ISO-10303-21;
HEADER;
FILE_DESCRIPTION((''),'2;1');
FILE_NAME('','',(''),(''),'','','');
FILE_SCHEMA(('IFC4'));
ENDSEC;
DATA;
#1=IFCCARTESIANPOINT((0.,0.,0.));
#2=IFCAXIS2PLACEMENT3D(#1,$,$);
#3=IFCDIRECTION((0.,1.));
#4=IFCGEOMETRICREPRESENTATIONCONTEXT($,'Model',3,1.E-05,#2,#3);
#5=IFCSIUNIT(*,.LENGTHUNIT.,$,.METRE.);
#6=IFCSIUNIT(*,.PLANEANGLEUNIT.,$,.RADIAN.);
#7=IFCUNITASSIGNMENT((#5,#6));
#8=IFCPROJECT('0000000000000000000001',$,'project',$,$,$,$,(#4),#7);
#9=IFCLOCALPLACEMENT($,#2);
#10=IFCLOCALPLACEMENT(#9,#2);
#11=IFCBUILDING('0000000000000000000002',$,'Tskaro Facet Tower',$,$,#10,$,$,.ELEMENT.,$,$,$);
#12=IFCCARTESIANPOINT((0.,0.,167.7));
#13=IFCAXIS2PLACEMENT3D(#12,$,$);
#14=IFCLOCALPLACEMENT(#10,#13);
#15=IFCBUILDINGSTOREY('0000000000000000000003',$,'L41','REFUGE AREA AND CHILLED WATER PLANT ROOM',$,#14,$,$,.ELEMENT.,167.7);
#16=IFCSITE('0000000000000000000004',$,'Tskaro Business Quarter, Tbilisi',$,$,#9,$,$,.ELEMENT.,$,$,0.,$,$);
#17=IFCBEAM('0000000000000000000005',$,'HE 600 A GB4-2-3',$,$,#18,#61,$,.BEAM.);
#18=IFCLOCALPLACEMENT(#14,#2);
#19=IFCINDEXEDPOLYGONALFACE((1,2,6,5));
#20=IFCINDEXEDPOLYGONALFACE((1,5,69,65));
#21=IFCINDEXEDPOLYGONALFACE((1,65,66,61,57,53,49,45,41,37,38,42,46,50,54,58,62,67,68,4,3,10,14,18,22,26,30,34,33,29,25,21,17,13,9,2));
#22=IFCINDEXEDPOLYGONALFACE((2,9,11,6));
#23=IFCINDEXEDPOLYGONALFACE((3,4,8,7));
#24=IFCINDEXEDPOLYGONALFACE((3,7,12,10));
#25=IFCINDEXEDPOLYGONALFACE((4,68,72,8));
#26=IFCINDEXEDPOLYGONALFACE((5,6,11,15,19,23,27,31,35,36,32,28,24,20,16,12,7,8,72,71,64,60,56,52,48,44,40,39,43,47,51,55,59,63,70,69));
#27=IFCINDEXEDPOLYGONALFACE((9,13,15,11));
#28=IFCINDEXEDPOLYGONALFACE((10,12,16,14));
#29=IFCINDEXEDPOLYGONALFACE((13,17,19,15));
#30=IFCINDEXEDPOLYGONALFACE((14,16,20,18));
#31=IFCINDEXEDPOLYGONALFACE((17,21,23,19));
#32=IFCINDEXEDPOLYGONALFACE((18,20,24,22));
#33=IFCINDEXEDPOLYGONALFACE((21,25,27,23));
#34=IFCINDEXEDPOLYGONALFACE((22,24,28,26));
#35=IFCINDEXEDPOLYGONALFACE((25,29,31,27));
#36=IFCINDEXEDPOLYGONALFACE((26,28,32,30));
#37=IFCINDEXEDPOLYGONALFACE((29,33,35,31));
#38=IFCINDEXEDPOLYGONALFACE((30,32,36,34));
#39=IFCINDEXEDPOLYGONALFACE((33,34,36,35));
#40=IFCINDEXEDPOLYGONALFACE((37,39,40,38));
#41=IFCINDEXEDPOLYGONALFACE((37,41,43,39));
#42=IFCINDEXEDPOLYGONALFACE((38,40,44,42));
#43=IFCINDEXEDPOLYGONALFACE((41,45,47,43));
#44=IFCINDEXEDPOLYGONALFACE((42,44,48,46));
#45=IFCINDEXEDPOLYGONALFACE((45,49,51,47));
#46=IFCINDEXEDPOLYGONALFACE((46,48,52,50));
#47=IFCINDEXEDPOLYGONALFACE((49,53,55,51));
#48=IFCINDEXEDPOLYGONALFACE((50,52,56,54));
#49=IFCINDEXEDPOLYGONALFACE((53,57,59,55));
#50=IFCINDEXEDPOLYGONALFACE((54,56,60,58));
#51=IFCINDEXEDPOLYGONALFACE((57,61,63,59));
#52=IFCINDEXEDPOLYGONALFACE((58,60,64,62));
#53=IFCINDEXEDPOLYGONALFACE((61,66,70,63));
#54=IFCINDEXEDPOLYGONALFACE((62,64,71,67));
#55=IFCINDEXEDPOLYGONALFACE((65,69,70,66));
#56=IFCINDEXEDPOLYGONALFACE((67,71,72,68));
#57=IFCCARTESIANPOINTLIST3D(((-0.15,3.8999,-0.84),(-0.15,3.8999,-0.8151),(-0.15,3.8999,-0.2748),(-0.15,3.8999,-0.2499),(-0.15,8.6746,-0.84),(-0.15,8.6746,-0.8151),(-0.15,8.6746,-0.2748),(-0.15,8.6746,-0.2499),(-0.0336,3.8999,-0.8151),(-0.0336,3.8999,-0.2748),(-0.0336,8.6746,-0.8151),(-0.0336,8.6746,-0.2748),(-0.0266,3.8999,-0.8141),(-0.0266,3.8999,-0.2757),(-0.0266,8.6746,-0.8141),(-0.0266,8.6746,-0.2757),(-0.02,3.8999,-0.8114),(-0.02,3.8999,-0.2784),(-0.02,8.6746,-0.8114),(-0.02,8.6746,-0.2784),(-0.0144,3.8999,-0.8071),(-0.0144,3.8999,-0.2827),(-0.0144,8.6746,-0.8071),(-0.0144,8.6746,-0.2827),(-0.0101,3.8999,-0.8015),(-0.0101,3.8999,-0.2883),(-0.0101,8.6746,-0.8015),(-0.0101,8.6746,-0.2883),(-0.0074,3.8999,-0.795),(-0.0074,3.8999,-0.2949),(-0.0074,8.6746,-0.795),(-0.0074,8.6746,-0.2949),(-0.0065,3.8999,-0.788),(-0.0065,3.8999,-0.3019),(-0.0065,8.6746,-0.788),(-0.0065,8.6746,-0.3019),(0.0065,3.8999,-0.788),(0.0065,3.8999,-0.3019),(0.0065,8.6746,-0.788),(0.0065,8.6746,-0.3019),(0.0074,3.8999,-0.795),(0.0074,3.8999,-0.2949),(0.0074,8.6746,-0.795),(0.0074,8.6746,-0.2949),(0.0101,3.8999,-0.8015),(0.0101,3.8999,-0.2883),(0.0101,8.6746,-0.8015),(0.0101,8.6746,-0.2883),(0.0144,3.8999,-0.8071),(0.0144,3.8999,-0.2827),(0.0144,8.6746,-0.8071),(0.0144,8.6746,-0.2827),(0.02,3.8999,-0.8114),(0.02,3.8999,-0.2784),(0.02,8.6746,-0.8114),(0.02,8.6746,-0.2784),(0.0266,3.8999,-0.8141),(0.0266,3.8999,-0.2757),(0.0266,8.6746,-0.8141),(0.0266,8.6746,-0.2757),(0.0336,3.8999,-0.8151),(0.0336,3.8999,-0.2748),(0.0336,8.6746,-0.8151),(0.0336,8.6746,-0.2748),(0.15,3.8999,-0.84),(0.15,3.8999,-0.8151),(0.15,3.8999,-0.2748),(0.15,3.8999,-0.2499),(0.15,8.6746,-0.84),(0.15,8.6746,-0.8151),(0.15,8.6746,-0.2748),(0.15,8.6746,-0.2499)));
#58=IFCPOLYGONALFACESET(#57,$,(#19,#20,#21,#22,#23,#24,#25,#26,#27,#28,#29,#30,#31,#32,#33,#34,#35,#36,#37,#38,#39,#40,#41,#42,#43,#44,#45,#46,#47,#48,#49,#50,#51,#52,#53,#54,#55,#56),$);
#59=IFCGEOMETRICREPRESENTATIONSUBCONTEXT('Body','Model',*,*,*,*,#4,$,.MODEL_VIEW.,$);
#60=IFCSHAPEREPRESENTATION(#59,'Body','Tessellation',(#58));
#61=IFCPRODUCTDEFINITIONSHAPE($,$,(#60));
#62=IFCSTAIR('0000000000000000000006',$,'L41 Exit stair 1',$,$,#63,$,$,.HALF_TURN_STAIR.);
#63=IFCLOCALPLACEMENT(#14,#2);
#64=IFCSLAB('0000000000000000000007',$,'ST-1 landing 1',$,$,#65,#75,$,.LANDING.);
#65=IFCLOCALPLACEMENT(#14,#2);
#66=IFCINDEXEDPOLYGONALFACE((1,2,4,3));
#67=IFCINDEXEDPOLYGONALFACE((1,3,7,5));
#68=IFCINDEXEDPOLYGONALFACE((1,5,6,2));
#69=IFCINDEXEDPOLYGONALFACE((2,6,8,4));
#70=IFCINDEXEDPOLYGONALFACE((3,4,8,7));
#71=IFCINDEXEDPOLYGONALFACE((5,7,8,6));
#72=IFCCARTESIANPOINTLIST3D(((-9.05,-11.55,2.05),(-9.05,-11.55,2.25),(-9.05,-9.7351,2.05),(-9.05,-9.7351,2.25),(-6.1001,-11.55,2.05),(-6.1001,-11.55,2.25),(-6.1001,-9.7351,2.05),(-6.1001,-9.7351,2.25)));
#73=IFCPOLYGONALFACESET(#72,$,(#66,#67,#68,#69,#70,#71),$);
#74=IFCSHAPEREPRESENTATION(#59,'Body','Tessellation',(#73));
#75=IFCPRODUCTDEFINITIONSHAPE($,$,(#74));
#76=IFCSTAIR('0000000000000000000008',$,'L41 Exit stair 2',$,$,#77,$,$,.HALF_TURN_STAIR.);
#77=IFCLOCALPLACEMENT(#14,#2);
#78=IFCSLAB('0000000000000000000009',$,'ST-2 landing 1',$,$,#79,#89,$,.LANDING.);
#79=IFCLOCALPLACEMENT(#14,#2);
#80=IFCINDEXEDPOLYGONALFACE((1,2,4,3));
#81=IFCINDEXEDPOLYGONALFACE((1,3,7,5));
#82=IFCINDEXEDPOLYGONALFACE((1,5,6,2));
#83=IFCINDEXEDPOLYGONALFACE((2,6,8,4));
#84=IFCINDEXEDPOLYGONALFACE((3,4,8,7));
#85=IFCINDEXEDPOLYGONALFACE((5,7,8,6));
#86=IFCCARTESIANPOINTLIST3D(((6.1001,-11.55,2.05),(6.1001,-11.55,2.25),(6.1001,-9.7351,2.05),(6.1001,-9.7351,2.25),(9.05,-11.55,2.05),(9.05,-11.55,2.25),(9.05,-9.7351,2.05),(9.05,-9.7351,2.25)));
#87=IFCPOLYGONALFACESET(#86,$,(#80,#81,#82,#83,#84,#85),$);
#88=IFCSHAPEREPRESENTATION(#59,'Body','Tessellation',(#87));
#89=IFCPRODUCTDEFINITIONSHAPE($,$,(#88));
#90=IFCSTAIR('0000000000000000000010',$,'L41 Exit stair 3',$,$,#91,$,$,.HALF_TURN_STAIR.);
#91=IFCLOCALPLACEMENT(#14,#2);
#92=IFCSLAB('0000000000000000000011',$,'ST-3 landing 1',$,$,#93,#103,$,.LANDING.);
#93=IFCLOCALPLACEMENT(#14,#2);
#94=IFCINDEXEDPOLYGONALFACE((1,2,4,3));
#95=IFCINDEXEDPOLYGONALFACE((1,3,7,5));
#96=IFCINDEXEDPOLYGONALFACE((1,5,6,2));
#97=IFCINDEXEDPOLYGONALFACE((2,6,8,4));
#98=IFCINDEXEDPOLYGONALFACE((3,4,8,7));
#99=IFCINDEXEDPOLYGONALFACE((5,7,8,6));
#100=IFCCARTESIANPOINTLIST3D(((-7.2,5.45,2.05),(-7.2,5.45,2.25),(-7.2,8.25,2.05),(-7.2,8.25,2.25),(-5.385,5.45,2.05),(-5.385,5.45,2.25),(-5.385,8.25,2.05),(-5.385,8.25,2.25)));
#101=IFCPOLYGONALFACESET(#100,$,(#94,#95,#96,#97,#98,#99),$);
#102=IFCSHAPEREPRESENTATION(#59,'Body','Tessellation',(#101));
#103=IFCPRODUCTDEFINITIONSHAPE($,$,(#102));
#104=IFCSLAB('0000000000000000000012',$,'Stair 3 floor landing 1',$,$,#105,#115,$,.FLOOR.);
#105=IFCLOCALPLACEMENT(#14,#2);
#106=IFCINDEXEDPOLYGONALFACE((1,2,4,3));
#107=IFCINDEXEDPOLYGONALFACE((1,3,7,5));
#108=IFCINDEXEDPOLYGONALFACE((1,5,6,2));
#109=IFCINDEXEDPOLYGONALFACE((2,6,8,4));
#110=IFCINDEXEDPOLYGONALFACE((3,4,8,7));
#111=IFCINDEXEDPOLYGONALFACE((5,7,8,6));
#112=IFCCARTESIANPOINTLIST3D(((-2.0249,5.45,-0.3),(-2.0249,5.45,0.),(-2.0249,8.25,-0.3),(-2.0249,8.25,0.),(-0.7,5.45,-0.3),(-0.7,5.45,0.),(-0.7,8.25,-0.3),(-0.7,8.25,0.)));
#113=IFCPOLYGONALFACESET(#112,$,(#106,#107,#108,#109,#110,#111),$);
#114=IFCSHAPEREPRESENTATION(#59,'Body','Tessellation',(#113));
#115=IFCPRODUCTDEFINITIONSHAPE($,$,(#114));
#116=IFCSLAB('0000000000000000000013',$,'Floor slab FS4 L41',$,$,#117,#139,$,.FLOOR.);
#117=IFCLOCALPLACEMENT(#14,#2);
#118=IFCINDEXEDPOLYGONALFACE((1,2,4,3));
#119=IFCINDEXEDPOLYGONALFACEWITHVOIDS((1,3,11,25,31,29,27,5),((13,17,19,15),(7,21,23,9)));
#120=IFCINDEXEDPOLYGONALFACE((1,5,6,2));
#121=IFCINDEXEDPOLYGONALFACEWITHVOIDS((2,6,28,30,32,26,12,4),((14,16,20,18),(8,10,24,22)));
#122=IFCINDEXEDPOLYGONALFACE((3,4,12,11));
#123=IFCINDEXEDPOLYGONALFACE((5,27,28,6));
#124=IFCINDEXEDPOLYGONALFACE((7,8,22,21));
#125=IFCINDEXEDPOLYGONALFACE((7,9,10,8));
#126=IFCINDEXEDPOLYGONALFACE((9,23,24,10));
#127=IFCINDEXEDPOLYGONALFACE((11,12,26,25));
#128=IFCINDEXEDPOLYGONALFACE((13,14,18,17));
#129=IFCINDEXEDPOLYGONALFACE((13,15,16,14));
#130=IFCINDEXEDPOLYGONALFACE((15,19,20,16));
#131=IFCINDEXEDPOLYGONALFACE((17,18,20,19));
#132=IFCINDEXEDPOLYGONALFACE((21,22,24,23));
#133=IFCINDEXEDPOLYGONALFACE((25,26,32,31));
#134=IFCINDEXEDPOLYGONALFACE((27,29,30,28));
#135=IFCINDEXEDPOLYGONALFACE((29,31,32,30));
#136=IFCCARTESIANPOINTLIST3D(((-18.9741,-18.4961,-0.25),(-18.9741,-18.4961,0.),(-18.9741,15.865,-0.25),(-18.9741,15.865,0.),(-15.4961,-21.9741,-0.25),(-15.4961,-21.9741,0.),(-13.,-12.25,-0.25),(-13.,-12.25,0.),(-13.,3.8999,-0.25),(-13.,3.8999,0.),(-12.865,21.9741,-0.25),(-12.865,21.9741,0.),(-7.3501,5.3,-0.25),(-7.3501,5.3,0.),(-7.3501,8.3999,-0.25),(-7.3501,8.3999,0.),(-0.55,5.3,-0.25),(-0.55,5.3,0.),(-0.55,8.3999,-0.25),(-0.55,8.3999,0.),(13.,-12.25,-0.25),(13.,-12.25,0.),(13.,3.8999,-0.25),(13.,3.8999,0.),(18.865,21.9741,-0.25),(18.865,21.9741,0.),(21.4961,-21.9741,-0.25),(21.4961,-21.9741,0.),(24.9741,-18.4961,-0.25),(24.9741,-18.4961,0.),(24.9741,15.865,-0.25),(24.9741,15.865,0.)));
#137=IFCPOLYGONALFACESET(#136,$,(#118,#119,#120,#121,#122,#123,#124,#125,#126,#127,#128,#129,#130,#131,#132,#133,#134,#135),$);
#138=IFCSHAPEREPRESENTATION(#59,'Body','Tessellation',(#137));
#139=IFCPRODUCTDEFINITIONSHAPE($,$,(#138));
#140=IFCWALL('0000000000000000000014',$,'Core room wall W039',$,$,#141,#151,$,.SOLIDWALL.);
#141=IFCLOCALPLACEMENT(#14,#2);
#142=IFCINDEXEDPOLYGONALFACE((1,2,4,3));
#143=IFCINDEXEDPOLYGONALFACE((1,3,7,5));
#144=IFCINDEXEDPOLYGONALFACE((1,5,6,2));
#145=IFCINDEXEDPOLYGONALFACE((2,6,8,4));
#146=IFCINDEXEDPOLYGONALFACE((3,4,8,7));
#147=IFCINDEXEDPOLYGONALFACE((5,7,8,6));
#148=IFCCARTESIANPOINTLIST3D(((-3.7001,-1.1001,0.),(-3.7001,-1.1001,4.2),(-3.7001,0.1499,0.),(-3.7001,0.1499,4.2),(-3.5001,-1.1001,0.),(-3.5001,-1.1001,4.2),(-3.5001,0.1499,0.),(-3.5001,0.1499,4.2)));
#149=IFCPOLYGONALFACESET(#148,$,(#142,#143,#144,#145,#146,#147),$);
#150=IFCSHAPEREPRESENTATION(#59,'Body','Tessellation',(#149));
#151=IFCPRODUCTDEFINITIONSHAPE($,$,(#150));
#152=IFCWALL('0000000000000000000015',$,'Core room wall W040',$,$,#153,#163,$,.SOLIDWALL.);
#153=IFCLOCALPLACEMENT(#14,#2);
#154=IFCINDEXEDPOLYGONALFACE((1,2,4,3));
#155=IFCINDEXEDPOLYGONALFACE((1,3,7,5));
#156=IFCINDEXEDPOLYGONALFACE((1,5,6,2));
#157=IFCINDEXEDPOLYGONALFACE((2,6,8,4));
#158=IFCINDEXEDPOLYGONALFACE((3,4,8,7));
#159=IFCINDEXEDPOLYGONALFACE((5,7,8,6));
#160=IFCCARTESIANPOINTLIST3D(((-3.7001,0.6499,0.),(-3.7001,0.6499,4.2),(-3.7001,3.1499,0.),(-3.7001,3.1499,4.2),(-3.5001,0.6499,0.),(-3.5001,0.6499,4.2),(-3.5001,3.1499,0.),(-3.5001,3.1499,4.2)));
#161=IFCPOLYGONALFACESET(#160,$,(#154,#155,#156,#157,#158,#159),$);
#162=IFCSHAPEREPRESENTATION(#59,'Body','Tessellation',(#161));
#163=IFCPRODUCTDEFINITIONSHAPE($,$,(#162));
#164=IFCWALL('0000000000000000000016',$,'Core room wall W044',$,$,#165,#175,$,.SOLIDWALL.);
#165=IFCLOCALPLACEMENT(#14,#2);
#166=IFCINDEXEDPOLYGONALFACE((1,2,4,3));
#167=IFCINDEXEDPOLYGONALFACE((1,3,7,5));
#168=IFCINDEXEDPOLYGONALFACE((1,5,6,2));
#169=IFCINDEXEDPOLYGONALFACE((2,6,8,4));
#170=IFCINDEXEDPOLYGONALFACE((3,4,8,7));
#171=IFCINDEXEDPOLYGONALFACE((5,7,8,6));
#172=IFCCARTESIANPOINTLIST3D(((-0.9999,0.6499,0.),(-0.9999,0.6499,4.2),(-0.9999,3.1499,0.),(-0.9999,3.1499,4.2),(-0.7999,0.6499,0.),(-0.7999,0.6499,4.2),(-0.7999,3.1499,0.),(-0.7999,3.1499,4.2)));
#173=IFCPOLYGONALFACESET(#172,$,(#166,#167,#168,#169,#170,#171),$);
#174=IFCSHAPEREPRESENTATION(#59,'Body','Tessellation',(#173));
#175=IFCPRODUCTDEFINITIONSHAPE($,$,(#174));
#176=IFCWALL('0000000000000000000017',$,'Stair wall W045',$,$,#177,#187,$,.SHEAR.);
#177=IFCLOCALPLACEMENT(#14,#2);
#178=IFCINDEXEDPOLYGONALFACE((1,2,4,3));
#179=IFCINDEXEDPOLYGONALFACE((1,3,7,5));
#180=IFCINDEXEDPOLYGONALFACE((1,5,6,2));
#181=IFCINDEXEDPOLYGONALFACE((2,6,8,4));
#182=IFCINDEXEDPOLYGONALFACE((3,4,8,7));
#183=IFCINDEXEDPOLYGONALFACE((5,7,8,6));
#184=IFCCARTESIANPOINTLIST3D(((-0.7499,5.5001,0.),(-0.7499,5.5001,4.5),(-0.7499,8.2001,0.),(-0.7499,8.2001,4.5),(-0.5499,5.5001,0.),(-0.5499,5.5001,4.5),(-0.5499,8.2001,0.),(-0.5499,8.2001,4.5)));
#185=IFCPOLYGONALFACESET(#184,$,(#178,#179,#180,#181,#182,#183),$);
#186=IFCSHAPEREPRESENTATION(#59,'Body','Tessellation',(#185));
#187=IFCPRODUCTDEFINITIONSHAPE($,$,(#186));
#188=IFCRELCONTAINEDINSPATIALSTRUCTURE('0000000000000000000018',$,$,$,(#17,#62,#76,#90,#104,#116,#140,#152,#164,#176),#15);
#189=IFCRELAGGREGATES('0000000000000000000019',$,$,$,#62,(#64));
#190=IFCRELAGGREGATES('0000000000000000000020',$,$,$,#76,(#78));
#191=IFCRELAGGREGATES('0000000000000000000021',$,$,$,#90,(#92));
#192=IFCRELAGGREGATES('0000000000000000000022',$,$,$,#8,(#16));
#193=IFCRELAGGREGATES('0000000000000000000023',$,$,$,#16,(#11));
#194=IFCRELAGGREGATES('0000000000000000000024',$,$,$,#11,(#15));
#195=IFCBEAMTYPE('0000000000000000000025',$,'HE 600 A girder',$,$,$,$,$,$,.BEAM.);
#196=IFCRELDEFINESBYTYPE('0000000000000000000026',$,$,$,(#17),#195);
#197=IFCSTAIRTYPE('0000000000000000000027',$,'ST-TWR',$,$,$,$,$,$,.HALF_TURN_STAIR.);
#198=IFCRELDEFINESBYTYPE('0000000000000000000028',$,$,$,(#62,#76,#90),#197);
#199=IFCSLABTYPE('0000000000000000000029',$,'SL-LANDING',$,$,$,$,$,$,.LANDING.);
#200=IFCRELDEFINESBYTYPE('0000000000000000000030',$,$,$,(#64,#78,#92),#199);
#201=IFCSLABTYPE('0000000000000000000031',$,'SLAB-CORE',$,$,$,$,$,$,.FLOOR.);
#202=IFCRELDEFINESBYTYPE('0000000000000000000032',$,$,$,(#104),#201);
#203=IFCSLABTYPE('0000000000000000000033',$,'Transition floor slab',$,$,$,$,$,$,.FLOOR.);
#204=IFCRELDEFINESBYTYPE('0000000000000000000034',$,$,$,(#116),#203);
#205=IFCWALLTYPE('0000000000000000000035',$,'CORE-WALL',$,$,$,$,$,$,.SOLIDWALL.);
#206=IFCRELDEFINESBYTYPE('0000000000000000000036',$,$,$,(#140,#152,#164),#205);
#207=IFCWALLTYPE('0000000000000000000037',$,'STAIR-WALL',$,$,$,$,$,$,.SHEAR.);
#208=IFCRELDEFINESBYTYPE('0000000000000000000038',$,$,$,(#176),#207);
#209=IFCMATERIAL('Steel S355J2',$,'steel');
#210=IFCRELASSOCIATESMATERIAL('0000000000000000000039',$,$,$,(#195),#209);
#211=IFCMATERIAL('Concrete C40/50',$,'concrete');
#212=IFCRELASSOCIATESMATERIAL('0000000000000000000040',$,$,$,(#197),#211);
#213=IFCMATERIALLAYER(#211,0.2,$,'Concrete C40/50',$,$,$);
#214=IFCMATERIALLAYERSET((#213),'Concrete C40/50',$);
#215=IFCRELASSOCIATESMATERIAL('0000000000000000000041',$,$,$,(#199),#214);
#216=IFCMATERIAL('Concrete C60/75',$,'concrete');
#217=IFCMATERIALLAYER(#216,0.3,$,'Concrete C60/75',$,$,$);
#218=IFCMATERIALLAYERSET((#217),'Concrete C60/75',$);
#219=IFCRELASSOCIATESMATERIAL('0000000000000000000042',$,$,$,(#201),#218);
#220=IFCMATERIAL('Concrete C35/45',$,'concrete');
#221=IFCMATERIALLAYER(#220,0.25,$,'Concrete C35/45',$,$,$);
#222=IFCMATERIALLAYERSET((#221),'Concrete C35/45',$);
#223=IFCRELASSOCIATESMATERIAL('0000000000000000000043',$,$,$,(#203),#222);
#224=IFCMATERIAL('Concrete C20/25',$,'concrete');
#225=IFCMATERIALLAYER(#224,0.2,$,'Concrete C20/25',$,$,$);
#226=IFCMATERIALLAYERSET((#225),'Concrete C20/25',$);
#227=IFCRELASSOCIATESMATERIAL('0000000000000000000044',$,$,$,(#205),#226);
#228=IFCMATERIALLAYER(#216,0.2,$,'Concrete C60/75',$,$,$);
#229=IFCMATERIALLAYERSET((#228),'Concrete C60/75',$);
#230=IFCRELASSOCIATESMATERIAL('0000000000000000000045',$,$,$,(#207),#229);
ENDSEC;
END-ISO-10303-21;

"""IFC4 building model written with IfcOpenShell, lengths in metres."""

from ifc_helpers import new_model, si_unit, direction, frame, frame_2d, origin, origin_2d, place, context, subcontext, project, spatial, polyline, rectangle, i_section, outline, extrude, material, layer, layer_set, material_profile, profile_set, type_object, element, aggregate, save


model = new_model("IFC4")

# Units and contexts
model_context = context("Model", 3, precision=1e-05, world=origin(), true_north=direction((0.0, 1.0)))
body_context = subcontext(model_context, "Body", "Model", "MODEL_VIEW")
ifc_project = project(units=[si_unit("LENGTHUNIT", "METRE"), si_unit("PLANEANGLEUNIT", "RADIAN")], contexts=[model_context])

# Site, building, storey
site_placement = place(None, origin())
site = spatial("IfcSite", under=ifc_project, at=site_placement, Name="Tskaro Business Quarter, Tbilisi", CompositionType="ELEMENT", RefElevation=0.0)
building_placement = place(site_placement, origin())
building = spatial("IfcBuilding", under=site, at=building_placement, Name="Tskaro Facet Tower", CompositionType="ELEMENT")
storey_placement = place(building_placement, frame((0.0, 0.0, 167.7)))
storey = spatial("IfcBuildingStorey", under=building, at=storey_placement, Name="L41", Description="REFUGE AREA AND CHILLED WATER PLANT ROOM", CompositionType="ELEMENT", Elevation=167.7)

# Beam
ifc_material_1 = material(Name="Steel S355J2", Category="steel")
ifc_material_profile = material_profile(ifc_material_1, i_section(OverallWidth=0.3, OverallDepth=0.5901, WebThickness=0.0129, FlangeThickness=0.0249, FilletRadius=0.0271, at=origin_2d()), Name="HE 600 A")
ifc_profile_set = profile_set([ifc_material_profile], Name="Steel S355J2")
beam_type = type_object("IfcBeamType", Name="HE 600 A girder", PredefinedType="BEAM", material=ifc_profile_set)
beam_placement = place(storey_placement, frame((0.0, 3.8999, -0.5449), z_axis=(0.0, 1.0, 0.0), x_axis=(-1.0, 0.0, 0.0)))
element("IfcBeam", 1, at=beam_placement, inside=storey, type_object=beam_type, Name="HE 600 A GB4-2-3", PredefinedType="BEAM", context=body_context, shape_type="SweptSolid", body=[
    extrude(i_section(OverallWidth=0.3, OverallDepth=0.5901, WebThickness=0.0129, FlangeThickness=0.0249, FilletRadius=0.0271, at=origin_2d()), origin(), (0.0, 0.0, 1.0), 4.7747),
])

# Stairs, slabs
ifc_material_2 = material(Name="Concrete C40/50", Category="concrete")
stair_type = type_object("IfcStairType", Name="ST-TWR", PredefinedType="HALF_TURN_STAIR", material=ifc_material_2)
stair_1_placement = place(storey_placement, origin())
stair_1 = element("IfcStair", 2, at=stair_1_placement, inside=storey, type_object=stair_type, Name="L41 Exit stair 1", PredefinedType="HALF_TURN_STAIR")
ifc_layer_1 = layer(ifc_material_2, 0.2, Name="Concrete C40/50")
ifc_layer_set_1 = layer_set([ifc_layer_1], Name="Concrete C40/50")
slab_type_1 = type_object("IfcSlabType", Name="SL-LANDING", PredefinedType="LANDING", material=ifc_layer_set_1)
slab_1_placement = place(storey_placement, frame((0.0, 0.0, 2.05)))
slab_1 = element("IfcSlab", 3, at=slab_1_placement, type_object=slab_type_1, Name="ST-1 landing 1", PredefinedType="LANDING", context=body_context, shape_type="SweptSolid", body=[
    extrude(outline(polyline([(-9.05, -11.55), (-6.1001, -11.55), (-6.1001, -9.7351), (-9.05, -9.7351), (-9.05, -11.55)])), origin(), (0.0, 0.0, 1.0), 0.2),
])
aggregate(stair_1, [slab_1])
stair_2_placement = place(storey_placement, origin())
stair_2 = element("IfcStair", 4, at=stair_2_placement, inside=storey, type_object=stair_type, Name="L41 Exit stair 2", PredefinedType="HALF_TURN_STAIR")
slab_2_placement = place(storey_placement, frame((0.0, 0.0, 2.05)))
slab_2 = element("IfcSlab", 5, at=slab_2_placement, type_object=slab_type_1, Name="ST-2 landing 1", PredefinedType="LANDING", context=body_context, shape_type="SweptSolid", body=[
    extrude(outline(polyline([(6.1001, -11.55), (9.05, -11.55), (9.05, -9.7351), (6.1001, -9.7351), (6.1001, -11.55)])), origin(), (0.0, 0.0, 1.0), 0.2),
])
aggregate(stair_2, [slab_2])
stair_3_placement = place(storey_placement, origin())
stair_3 = element("IfcStair", 6, at=stair_3_placement, inside=storey, type_object=stair_type, Name="L41 Exit stair 3", PredefinedType="HALF_TURN_STAIR")
slab_3_placement = place(storey_placement, frame((0.0, 0.0, 2.05)))
slab_3 = element("IfcSlab", 7, at=slab_3_placement, type_object=slab_type_1, Name="ST-3 landing 1", PredefinedType="LANDING", context=body_context, shape_type="SweptSolid", body=[
    extrude(outline(polyline([(-7.2, 5.45), (-5.385, 5.45), (-5.385, 8.25), (-7.2, 8.25), (-7.2, 5.45)])), origin(), (0.0, 0.0, 1.0), 0.2),
])

# Slabs
ifc_material_3 = material(Name="Concrete C60/75", Category="concrete")
ifc_layer_2 = layer(ifc_material_3, 0.3, Name="Concrete C60/75")
ifc_layer_set_2 = layer_set([ifc_layer_2], Name="Concrete C60/75")
slab_type_2 = type_object("IfcSlabType", Name="SLAB-CORE", PredefinedType="FLOOR", material=ifc_layer_set_2)
slab_4_placement = place(storey_placement, frame((0.0, 0.0, -0.3)))
element("IfcSlab", 8, at=slab_4_placement, inside=storey, type_object=slab_type_2, Name="Stair 3 floor landing 1", PredefinedType="FLOOR", context=body_context, shape_type="SweptSolid", body=[
    extrude(outline(polyline([(-2.0249, 5.45), (-0.7, 5.45), (-0.7, 8.25), (-2.0249, 8.25), (-2.0249, 5.45)])), origin(), (0.0, 0.0, 1.0), 0.3),
])
ifc_material_4 = material(Name="Concrete C35/45", Category="concrete")
ifc_layer_3 = layer(ifc_material_4, 0.25, Name="Concrete C35/45")
ifc_layer_set_3 = layer_set([ifc_layer_3], Name="Concrete C35/45")
slab_type_3 = type_object("IfcSlabType", Name="Transition floor slab", PredefinedType="FLOOR", material=ifc_layer_set_3)
slab_5_placement = place(storey_placement, frame((0.0, 0.0, -0.25)))
element("IfcSlab", 9, at=slab_5_placement, inside=storey, type_object=slab_type_3, Name="Floor slab FS4 L41", PredefinedType="FLOOR", context=body_context, shape_type="SweptSolid", body=[
    extrude(outline(polyline([(-15.4961, -21.9741), (21.4961, -21.9741), (24.9741, -18.4961), (24.9741, 15.865), (18.865, 21.9741), (-12.865, 21.9741), (-18.9741, 15.865), (-18.9741, -18.4961), (-15.4961, -21.9741)]), holes=[polyline([(-13.0, -12.25), (13.0, -12.25), (13.0, 3.8999), (-13.0, 3.8999), (-13.0, -12.25)]), polyline([(-7.3501, 5.3), (-0.55, 5.3), (-0.55, 8.3999), (-7.3501, 8.3999), (-7.3501, 5.3)])]), origin(), (0.0, 0.0, 1.0), 0.25),
])

# Walls
ifc_material_5 = material(Name="Concrete C20/25", Category="concrete")
ifc_layer_4 = layer(ifc_material_5, 0.2, Name="Concrete C20/25")
ifc_layer_set_4 = layer_set([ifc_layer_4], Name="Concrete C20/25")
wall_type_1 = type_object("IfcWallType", Name="CORE-WALL", PredefinedType="SOLIDWALL", material=ifc_layer_set_4)
wall_1_placement = place(storey_placement, frame((-3.6001, -1.1001, 0.0), z_axis=(0.0, 0.0, 1.0), x_axis=(0.0, 1.0, 0.0)))
element("IfcWall", 10, at=wall_1_placement, inside=storey, type_object=wall_type_1, Name="Core room wall W039", PredefinedType="SOLIDWALL", context=body_context, shape_type="SweptSolid", body=[
    extrude(rectangle(XDim=1.25, YDim=0.2, at=frame_2d((0.625, 0.0))), origin(), (0.0, 0.0, 1.0), 4.2),
])
for number, where, z_axis, x_axis, name in (
    (11, (-3.6001, 0.6499, 0.0), (0.0, 0.0, 1.0), (0.0, 1.0, 0.0), "Core room wall W040"),
    (12, (-0.8999, 0.6499, 0.0), (0.0, 0.0, 1.0), (0.0, 1.0, 0.0), "Core room wall W044"),
):
    element("IfcWall", number, at=place(storey_placement, frame(where, z_axis=z_axis, x_axis=x_axis)), inside=storey, type_object=wall_type_1, Name=name, PredefinedType="SOLIDWALL", context=body_context, shape_type="SweptSolid", body=[
        extrude(rectangle(XDim=2.5, YDim=0.2, at=frame_2d((1.25, 0.0))), origin(), (0.0, 0.0, 1.0), 4.2),
    ])
ifc_layer_5 = layer(ifc_material_3, 0.2, Name="Concrete C60/75")
ifc_layer_set_5 = layer_set([ifc_layer_5], Name="Concrete C60/75")
wall_type_2 = type_object("IfcWallType", Name="STAIR-WALL", PredefinedType="SHEAR", material=ifc_layer_set_5)
wall_2_placement = place(storey_placement, frame((-0.6499, 5.5, 0.0), z_axis=(0.0, 0.0, 1.0), x_axis=(0.0, 1.0, 0.0)))
element("IfcWall", 13, at=wall_2_placement, inside=storey, type_object=wall_type_2, Name="Stair wall W045", PredefinedType="SHEAR", context=body_context, shape_type="SweptSolid", body=[
    extrude(rectangle(XDim=2.7, YDim=0.2, at=frame_2d((1.3501, 0.0))), origin(), (0.0, 0.0, 1.0), 4.5),
])

aggregate(stair_3, [slab_3])

save(model, "model.ifc")
